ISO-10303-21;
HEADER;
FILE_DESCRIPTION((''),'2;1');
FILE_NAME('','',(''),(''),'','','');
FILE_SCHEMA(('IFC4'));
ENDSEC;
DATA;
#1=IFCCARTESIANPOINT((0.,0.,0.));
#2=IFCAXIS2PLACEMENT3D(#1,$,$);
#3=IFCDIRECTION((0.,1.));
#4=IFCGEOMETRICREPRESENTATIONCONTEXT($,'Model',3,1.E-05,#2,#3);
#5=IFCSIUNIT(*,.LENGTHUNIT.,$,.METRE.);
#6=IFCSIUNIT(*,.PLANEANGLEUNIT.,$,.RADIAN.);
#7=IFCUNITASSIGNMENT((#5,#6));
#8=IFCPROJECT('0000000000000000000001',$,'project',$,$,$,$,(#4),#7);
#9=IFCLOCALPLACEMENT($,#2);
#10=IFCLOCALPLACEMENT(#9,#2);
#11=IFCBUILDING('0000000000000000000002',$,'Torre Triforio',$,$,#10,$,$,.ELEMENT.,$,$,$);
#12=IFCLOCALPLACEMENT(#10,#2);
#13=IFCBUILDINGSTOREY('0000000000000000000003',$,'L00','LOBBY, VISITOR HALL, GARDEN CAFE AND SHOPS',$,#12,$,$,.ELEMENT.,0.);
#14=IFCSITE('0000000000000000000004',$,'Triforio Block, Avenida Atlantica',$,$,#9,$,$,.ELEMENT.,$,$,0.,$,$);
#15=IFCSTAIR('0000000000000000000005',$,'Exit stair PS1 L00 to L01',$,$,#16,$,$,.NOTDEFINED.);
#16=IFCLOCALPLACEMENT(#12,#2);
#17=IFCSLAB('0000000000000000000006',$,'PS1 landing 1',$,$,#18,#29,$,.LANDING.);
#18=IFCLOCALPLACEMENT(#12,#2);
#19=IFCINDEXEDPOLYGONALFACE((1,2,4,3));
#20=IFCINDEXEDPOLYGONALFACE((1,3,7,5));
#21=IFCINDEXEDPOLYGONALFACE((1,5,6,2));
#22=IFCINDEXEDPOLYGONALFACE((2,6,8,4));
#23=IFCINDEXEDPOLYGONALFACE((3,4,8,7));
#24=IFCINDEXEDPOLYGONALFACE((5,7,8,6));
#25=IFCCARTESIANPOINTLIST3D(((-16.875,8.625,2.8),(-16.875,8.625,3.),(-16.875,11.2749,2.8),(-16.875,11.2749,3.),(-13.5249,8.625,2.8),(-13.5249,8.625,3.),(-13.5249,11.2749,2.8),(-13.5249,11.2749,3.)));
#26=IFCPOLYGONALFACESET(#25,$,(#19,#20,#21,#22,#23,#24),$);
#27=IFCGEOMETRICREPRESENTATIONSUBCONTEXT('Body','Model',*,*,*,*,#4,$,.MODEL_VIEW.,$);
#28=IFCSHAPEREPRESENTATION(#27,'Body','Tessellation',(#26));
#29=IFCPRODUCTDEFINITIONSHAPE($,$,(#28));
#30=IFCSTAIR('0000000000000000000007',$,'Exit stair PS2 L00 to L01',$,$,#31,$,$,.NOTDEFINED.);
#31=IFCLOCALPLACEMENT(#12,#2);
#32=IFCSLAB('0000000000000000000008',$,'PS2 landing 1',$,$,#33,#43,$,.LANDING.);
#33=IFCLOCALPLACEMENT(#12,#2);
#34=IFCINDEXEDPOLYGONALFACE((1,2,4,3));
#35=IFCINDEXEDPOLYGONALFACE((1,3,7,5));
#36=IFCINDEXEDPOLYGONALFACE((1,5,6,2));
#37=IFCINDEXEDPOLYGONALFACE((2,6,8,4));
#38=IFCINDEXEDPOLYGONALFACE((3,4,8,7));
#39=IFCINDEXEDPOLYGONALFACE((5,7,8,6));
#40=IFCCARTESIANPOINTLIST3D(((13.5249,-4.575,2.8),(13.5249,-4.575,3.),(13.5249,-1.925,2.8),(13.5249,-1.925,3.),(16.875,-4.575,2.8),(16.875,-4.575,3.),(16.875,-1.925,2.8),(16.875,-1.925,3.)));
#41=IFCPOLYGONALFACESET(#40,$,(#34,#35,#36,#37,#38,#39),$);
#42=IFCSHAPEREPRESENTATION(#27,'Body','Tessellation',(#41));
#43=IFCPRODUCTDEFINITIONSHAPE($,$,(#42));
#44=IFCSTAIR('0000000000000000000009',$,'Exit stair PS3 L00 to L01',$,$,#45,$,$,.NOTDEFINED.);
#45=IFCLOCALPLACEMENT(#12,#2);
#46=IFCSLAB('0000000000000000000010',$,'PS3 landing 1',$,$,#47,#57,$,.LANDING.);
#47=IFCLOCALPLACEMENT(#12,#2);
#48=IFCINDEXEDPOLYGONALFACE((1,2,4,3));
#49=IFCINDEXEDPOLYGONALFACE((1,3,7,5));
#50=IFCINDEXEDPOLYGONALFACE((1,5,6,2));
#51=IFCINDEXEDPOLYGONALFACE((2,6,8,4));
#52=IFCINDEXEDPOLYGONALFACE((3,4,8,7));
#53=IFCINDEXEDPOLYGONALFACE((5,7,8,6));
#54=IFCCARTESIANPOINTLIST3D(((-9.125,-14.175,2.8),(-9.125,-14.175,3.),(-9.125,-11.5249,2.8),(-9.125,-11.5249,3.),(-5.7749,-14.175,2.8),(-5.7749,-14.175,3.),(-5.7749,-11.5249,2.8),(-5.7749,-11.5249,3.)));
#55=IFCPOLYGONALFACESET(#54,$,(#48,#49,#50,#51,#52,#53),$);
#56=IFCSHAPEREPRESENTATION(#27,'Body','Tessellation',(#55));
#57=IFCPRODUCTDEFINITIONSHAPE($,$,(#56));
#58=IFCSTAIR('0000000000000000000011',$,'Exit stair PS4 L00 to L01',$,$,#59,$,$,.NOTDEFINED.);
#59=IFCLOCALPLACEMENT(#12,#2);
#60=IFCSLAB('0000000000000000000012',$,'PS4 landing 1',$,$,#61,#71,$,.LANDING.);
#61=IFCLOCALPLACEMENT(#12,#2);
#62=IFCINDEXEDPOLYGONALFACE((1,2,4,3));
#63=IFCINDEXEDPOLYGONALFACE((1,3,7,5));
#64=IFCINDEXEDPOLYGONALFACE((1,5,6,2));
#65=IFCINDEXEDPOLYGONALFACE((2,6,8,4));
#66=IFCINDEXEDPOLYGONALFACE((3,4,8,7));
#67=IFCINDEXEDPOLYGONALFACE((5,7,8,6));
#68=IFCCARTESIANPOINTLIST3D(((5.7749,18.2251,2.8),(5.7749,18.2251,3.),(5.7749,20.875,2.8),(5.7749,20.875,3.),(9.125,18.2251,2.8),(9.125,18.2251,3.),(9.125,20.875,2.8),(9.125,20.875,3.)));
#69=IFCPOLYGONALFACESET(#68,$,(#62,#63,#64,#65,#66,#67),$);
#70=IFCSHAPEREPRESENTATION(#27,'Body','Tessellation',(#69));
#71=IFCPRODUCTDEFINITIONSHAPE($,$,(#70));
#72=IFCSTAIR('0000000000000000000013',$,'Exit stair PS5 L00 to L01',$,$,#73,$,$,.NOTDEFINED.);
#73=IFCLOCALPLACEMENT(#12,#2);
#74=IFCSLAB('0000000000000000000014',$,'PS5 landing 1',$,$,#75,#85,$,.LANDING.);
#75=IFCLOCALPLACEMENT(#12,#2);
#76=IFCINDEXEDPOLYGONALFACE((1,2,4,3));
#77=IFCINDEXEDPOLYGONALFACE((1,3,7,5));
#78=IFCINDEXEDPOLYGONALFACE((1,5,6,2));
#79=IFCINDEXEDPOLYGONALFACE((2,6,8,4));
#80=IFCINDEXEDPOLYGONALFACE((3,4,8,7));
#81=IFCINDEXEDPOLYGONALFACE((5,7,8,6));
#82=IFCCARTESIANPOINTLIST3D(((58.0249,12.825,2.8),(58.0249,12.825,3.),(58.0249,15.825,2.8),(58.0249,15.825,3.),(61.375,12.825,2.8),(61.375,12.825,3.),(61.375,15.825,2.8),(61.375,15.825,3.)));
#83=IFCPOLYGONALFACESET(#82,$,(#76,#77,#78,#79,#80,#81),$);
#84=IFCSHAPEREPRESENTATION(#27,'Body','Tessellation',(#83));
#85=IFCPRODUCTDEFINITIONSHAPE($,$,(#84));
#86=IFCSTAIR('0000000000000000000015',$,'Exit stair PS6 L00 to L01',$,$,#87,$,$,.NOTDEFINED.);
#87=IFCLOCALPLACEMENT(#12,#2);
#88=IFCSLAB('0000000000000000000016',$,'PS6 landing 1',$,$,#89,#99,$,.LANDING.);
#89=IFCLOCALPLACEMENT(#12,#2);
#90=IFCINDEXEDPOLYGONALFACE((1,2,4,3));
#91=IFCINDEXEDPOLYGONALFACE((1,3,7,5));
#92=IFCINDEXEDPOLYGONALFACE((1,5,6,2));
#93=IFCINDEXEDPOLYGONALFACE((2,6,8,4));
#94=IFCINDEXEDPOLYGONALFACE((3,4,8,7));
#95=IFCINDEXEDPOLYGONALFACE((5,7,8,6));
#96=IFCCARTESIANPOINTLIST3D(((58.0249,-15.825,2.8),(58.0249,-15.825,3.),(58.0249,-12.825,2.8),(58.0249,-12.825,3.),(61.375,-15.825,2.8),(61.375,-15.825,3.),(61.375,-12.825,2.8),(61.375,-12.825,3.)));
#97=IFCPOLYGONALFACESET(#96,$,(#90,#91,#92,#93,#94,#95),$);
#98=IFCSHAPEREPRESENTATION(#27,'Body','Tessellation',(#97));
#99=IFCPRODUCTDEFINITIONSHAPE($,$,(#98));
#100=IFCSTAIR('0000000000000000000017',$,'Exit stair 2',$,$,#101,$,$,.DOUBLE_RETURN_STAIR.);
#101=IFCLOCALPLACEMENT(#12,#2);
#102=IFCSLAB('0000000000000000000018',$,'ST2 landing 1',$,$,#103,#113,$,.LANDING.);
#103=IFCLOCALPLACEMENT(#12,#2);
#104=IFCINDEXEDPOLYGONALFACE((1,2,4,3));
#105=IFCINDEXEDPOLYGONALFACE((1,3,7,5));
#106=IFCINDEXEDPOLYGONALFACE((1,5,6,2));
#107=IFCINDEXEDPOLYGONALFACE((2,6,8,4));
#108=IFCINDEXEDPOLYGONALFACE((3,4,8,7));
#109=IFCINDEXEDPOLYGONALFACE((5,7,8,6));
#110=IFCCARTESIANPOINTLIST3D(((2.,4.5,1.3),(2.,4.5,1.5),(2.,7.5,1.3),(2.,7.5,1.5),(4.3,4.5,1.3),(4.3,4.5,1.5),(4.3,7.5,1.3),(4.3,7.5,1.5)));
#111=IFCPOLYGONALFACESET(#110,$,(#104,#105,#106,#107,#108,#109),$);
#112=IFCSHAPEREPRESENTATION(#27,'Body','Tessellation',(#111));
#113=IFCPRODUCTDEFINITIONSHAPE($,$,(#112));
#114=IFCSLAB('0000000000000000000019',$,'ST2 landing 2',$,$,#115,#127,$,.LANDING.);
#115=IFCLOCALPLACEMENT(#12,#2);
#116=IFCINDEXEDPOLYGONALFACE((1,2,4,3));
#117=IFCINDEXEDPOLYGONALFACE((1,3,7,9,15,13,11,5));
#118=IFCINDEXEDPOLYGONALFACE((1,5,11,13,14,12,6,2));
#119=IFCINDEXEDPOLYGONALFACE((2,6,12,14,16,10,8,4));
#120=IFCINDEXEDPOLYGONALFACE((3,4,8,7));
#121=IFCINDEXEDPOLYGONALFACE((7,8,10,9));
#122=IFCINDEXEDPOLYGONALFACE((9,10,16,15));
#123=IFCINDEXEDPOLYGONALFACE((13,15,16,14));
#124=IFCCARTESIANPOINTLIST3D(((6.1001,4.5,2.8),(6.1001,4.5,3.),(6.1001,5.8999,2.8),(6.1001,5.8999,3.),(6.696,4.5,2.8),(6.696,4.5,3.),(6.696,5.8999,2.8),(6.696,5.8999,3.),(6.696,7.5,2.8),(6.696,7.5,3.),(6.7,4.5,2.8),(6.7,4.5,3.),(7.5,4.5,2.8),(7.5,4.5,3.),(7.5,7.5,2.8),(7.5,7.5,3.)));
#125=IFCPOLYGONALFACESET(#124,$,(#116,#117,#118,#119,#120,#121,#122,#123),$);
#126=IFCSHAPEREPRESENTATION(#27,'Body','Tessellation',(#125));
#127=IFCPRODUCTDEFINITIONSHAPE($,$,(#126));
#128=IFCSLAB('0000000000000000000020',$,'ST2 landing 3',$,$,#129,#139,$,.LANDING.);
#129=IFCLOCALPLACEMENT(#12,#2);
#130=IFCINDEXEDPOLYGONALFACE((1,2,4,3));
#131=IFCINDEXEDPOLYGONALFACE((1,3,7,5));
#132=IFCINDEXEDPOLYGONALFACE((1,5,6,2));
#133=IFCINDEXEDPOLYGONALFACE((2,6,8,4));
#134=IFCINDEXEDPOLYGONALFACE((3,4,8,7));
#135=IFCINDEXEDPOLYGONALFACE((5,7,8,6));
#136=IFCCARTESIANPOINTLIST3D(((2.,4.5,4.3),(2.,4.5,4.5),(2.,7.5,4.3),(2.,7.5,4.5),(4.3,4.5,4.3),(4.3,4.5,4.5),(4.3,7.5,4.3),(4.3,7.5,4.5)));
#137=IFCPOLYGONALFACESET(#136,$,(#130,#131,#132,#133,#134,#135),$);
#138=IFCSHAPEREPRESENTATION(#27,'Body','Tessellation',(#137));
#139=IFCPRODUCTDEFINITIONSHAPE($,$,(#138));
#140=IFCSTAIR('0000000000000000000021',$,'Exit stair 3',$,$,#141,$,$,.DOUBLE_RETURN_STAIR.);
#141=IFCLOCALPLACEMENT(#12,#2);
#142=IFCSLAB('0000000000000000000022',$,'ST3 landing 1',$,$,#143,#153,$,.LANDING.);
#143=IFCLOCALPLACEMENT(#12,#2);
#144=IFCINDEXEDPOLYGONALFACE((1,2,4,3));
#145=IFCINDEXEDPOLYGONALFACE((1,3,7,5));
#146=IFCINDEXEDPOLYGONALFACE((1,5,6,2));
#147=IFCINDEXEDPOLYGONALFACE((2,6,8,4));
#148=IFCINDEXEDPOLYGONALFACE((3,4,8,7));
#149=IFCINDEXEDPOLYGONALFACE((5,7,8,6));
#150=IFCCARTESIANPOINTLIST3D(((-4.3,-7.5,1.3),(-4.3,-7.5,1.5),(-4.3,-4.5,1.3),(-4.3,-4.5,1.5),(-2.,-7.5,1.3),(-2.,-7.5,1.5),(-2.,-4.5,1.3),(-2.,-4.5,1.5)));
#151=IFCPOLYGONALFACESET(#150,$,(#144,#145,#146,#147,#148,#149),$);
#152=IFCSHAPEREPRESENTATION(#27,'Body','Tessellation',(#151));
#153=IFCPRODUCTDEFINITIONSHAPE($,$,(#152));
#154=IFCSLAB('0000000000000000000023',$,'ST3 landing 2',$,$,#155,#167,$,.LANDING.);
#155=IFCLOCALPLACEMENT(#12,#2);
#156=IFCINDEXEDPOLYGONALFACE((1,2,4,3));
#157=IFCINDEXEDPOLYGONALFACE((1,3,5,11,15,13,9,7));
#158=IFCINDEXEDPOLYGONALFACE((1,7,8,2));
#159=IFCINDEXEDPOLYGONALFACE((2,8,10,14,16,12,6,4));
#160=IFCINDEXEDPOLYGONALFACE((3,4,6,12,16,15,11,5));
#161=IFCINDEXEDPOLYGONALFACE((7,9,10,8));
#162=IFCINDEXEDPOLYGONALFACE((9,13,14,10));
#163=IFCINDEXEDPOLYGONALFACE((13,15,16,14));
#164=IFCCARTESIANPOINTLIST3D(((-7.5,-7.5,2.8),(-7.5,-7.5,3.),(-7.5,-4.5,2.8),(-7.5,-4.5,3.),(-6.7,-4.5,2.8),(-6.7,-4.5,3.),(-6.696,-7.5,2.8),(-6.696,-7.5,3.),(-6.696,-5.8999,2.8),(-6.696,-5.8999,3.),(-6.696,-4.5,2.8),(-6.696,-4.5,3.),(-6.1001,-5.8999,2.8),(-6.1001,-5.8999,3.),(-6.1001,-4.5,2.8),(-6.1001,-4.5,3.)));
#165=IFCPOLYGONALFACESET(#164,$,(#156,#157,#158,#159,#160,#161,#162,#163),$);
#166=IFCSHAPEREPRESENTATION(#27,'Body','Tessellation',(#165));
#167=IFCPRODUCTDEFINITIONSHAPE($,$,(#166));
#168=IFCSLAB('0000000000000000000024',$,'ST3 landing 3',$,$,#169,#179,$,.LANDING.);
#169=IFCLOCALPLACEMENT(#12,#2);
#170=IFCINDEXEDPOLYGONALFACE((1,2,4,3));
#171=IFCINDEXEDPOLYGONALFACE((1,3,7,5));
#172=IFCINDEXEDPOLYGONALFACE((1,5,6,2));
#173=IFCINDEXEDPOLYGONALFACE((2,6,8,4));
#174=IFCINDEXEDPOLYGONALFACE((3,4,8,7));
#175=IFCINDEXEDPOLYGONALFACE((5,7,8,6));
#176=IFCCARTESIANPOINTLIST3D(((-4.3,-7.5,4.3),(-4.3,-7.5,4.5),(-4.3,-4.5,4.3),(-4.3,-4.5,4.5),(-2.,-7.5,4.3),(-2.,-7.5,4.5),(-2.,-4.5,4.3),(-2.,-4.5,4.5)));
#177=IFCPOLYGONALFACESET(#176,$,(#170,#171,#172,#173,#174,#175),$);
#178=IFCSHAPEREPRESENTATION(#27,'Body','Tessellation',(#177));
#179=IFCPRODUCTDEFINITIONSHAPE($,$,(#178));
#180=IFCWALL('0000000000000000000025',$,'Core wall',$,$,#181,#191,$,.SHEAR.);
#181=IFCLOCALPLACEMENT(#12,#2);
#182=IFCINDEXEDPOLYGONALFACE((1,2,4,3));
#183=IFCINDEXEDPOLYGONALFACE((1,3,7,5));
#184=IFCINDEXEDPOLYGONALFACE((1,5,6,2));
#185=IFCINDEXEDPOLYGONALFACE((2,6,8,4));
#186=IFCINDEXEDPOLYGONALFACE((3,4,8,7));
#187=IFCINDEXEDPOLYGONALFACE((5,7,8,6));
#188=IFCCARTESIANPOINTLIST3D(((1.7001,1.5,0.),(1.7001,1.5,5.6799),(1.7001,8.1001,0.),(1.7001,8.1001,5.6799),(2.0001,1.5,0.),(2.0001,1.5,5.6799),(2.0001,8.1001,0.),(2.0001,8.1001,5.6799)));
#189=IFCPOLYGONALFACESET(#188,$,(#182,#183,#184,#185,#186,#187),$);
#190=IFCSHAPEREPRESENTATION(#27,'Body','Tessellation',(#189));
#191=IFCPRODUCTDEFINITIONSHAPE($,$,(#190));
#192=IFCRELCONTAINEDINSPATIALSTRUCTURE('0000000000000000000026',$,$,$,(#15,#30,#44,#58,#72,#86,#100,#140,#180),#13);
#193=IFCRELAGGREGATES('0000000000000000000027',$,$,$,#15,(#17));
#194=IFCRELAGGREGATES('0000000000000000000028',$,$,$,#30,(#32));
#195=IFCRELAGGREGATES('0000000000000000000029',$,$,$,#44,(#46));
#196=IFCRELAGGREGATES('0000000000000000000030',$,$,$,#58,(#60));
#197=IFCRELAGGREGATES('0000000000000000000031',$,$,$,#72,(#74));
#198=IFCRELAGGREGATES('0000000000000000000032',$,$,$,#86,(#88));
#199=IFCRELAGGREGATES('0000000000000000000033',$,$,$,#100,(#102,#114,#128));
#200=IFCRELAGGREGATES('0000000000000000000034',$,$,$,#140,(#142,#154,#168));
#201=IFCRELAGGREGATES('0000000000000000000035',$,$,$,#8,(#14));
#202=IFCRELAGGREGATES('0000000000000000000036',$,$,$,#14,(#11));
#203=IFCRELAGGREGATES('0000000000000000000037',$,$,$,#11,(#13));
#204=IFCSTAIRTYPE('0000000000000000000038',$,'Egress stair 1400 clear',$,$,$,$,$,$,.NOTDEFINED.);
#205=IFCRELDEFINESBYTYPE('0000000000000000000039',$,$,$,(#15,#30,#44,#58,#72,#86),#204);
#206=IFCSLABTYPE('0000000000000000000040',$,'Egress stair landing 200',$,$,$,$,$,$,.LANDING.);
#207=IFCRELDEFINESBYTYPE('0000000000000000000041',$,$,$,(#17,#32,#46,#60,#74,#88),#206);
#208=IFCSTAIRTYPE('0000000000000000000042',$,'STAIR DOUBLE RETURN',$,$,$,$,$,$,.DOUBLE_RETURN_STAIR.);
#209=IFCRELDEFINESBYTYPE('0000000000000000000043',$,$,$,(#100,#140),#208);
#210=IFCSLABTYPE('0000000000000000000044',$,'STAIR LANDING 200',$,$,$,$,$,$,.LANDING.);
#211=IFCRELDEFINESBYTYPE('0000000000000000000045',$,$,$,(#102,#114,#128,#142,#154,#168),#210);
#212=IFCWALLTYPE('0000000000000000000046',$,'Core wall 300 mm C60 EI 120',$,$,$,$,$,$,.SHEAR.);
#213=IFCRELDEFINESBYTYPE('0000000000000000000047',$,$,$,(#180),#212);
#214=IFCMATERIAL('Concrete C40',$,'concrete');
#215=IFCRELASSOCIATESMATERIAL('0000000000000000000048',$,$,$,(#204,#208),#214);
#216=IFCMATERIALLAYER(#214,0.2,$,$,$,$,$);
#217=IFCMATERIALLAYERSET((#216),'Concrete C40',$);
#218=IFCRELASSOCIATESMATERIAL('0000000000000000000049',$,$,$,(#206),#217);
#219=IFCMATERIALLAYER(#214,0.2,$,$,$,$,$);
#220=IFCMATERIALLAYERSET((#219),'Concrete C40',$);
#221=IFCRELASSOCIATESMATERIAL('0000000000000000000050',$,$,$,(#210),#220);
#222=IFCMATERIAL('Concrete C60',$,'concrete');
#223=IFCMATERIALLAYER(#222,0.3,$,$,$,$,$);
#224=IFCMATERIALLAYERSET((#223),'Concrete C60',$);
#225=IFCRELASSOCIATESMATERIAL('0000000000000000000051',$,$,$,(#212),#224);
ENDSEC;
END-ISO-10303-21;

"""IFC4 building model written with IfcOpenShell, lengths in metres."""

from ifc_helpers import new_model, si_unit, direction, frame, frame_2d, origin, place, context, subcontext, project, spatial, polyline, rectangle, outline, extrude, material, layer, layer_set, type_object, element, aggregate, save


model = new_model("IFC4")

# Units and contexts
model_context = context("Model", 3, precision=1e-05, world=origin(), true_north=direction((0.0, 1.0)))
body_context = subcontext(model_context, "Body", "Model", "MODEL_VIEW")
ifc_project = project(units=[si_unit("LENGTHUNIT", "METRE"), si_unit("PLANEANGLEUNIT", "RADIAN")], contexts=[model_context])

# Site, building, storey
site_placement = place(None, origin())
site = spatial("IfcSite", under=ifc_project, at=site_placement, Name="Triforio Block, Avenida Atlantica", CompositionType="ELEMENT", RefElevation=0.0)
building_placement = place(site_placement, origin())
building = spatial("IfcBuilding", under=site, at=building_placement, Name="Torre Triforio", CompositionType="ELEMENT")
storey_placement = place(building_placement, origin())
storey = spatial("IfcBuildingStorey", under=building, at=storey_placement, Name="L00", Description="LOBBY, VISITOR HALL, GARDEN CAFE AND SHOPS", CompositionType="ELEMENT", Elevation=0.0)

# Stairs, slabs
ifc_material_1 = material(Name="Concrete C40", Category="concrete")
stair_type_1 = type_object("IfcStairType", Name="Egress stair 1400 clear", PredefinedType="NOTDEFINED", material=ifc_material_1)
stair_1_placement = place(storey_placement, origin())
stair_1 = element("IfcStair", 1, at=stair_1_placement, inside=storey, type_object=stair_type_1, Name="Exit stair PS1 L00 to L01", PredefinedType="NOTDEFINED")
ifc_layer_1 = layer(ifc_material_1, 0.2)
ifc_layer_set_1 = layer_set([ifc_layer_1], Name="Concrete C40")
slab_type_1 = type_object("IfcSlabType", Name="Egress stair landing 200", PredefinedType="LANDING", material=ifc_layer_set_1)
slab_1_placement = place(storey_placement, frame((0.0, 0.0, 2.8)))
slab_1 = element("IfcSlab", 2, at=slab_1_placement, type_object=slab_type_1, Name="PS1 landing 1", PredefinedType="LANDING", context=body_context, shape_type="SweptSolid", body=[
    extrude(outline(polyline([(-16.875, 8.625), (-13.5249, 8.625), (-13.5249, 11.2749), (-16.875, 11.2749), (-16.875, 8.625)])), origin(), (0.0, 0.0, 1.0), 0.2),
])
aggregate(stair_1, [slab_1])
stair_2_placement = place(storey_placement, origin())
stair_2 = element("IfcStair", 3, at=stair_2_placement, inside=storey, type_object=stair_type_1, Name="Exit stair PS2 L00 to L01", PredefinedType="NOTDEFINED")
slab_2_placement = place(storey_placement, frame((0.0, 0.0, 2.8)))
slab_2 = element("IfcSlab", 4, at=slab_2_placement, type_object=slab_type_1, Name="PS2 landing 1", PredefinedType="LANDING", context=body_context, shape_type="SweptSolid", body=[
    extrude(outline(polyline([(13.5249, -4.575), (16.875, -4.575), (16.875, -1.925), (13.5249, -1.925), (13.5249, -4.575)])), origin(), (0.0, 0.0, 1.0), 0.2),
])
aggregate(stair_2, [slab_2])
stair_3_placement = place(storey_placement, origin())
stair_3 = element("IfcStair", 5, at=stair_3_placement, inside=storey, type_object=stair_type_1, Name="Exit stair PS3 L00 to L01", PredefinedType="NOTDEFINED")
slab_3_placement = place(storey_placement, frame((0.0, 0.0, 2.8)))
slab_3 = element("IfcSlab", 6, at=slab_3_placement, type_object=slab_type_1, Name="PS3 landing 1", PredefinedType="LANDING", context=body_context, shape_type="SweptSolid", body=[
    extrude(outline(polyline([(-9.125, -14.175), (-5.7749, -14.175), (-5.7749, -11.5249), (-9.125, -11.5249), (-9.125, -14.175)])), origin(), (0.0, 0.0, 1.0), 0.2),
])
aggregate(stair_3, [slab_3])
stair_4_placement = place(storey_placement, origin())
stair_4 = element("IfcStair", 7, at=stair_4_placement, inside=storey, type_object=stair_type_1, Name="Exit stair PS4 L00 to L01", PredefinedType="NOTDEFINED")
slab_4_placement = place(storey_placement, frame((0.0, 0.0, 2.8)))
slab_4 = element("IfcSlab", 8, at=slab_4_placement, type_object=slab_type_1, Name="PS4 landing 1", PredefinedType="LANDING", context=body_context, shape_type="SweptSolid", body=[
    extrude(outline(polyline([(5.7749, 18.2251), (9.125, 18.2251), (9.125, 20.875), (5.7749, 20.875), (5.7749, 18.2251)])), origin(), (0.0, 0.0, 1.0), 0.2),
])
aggregate(stair_4, [slab_4])
stair_5_placement = place(storey_placement, origin())
stair_5 = element("IfcStair", 9, at=stair_5_placement, inside=storey, type_object=stair_type_1, Name="Exit stair PS5 L00 to L01", PredefinedType="NOTDEFINED")
slab_5_placement = place(storey_placement, frame((0.0, 0.0, 2.8)))
slab_5 = element("IfcSlab", 10, at=slab_5_placement, type_object=slab_type_1, Name="PS5 landing 1", PredefinedType="LANDING", context=body_context, shape_type="SweptSolid", body=[
    extrude(outline(polyline([(58.0249, 12.825), (61.375, 12.825), (61.375, 15.825), (58.0249, 15.825), (58.0249, 12.825)])), origin(), (0.0, 0.0, 1.0), 0.2),
])
aggregate(stair_5, [slab_5])
stair_6_placement = place(storey_placement, origin())
stair_6 = element("IfcStair", 11, at=stair_6_placement, inside=storey, type_object=stair_type_1, Name="Exit stair PS6 L00 to L01", PredefinedType="NOTDEFINED")
slab_6_placement = place(storey_placement, frame((0.0, 0.0, 2.8)))
slab_6 = element("IfcSlab", 12, at=slab_6_placement, type_object=slab_type_1, Name="PS6 landing 1", PredefinedType="LANDING", context=body_context, shape_type="SweptSolid", body=[
    extrude(outline(polyline([(58.0249, -12.825), (61.375, -12.825), (61.375, -15.825), (58.0249, -15.825), (58.0249, -12.825)])), origin(), (0.0, 0.0, 1.0), 0.2),
])
aggregate(stair_6, [slab_6])

# Stairs, slabs
stair_type_2 = type_object("IfcStairType", Name="STAIR DOUBLE RETURN", PredefinedType="DOUBLE_RETURN_STAIR", material=ifc_material_1)
stair_7_placement = place(storey_placement, origin())
stair_7 = element("IfcStair", 13, at=stair_7_placement, inside=storey, type_object=stair_type_2, Name="Exit stair 2", PredefinedType="DOUBLE_RETURN_STAIR")
ifc_layer_2 = layer(ifc_material_1, 0.2)
ifc_layer_set_2 = layer_set([ifc_layer_2], Name="Concrete C40")
slab_type_2 = type_object("IfcSlabType", Name="STAIR LANDING 200", PredefinedType="LANDING", material=ifc_layer_set_2)
slab_7_placement = place(storey_placement, frame((0.0, 0.0, 1.3)))
slab_7 = element("IfcSlab", 14, at=slab_7_placement, type_object=slab_type_2, Name="ST2 landing 1", PredefinedType="LANDING", context=body_context, shape_type="SweptSolid", body=[
    extrude(outline(polyline([(4.3, 4.5), (4.3, 7.5), (2.0, 7.5), (2.0, 4.5), (4.3, 4.5)])), origin(), (0.0, 0.0, 1.0), 0.2),
])
slab_8_placement = place(storey_placement, frame((0.0, 0.0, 2.8)))
slab_8 = element("IfcSlab", 15, at=slab_8_placement, type_object=slab_type_2, Name="ST2 landing 2", PredefinedType="LANDING", context=body_context, shape_type="SweptSolid", body=[
    extrude(outline(polyline([(6.1001, 4.5), (6.1001, 5.8999), (6.696, 5.8999), (6.696, 7.5), (7.5, 7.5), (7.5, 4.5), (6.7, 4.5), (6.696, 4.5), (6.1001, 4.5)])), origin(), (0.0, 0.0, 1.0), 0.2),
])
slab_9_placement = place(storey_placement, frame((0.0, 0.0, 4.3)))
slab_9 = element("IfcSlab", 16, at=slab_9_placement, type_object=slab_type_2, Name="ST2 landing 3", PredefinedType="LANDING", context=body_context, shape_type="SweptSolid", body=[
    extrude(outline(polyline([(4.3, 4.5), (4.3, 7.5), (2.0, 7.5), (2.0, 4.5), (4.3, 4.5)])), origin(), (0.0, 0.0, 1.0), 0.2),
])
aggregate(stair_7, [slab_7, slab_8, slab_9])
stair_8_placement = place(storey_placement, origin())
stair_8 = element("IfcStair", 17, at=stair_8_placement, inside=storey, type_object=stair_type_2, Name="Exit stair 3", PredefinedType="DOUBLE_RETURN_STAIR")
slab_10_placement = place(storey_placement, frame((0.0, 0.0, 1.3)))
slab_10 = element("IfcSlab", 18, at=slab_10_placement, type_object=slab_type_2, Name="ST3 landing 1", PredefinedType="LANDING", context=body_context, shape_type="SweptSolid", body=[
    extrude(outline(polyline([(-2.0, -7.5), (-2.0, -4.5), (-4.3, -4.5), (-4.3, -7.5), (-2.0, -7.5)])), origin(), (0.0, 0.0, 1.0), 0.2),
])
slab_11_placement = place(storey_placement, frame((0.0, 0.0, 2.8)))
slab_11 = element("IfcSlab", 19, at=slab_11_placement, type_object=slab_type_2, Name="ST3 landing 2", PredefinedType="LANDING", context=body_context, shape_type="SweptSolid", body=[
    extrude(outline(polyline([(-6.696, -7.5), (-7.5, -7.5), (-7.5, -4.5), (-6.7, -4.5), (-6.696, -4.5), (-6.1001, -4.5), (-6.1001, -5.8999), (-6.696, -5.8999), (-6.696, -7.5)])), origin(), (0.0, 0.0, 1.0), 0.2),
])
slab_12_placement = place(storey_placement, frame((0.0, 0.0, 4.3)))
slab_12 = element("IfcSlab", 20, at=slab_12_placement, type_object=slab_type_2, Name="ST3 landing 3", PredefinedType="LANDING", context=body_context, shape_type="SweptSolid", body=[
    extrude(outline(polyline([(-2.0, -7.5), (-2.0, -4.5), (-4.3, -4.5), (-4.3, -7.5), (-2.0, -7.5)])), origin(), (0.0, 0.0, 1.0), 0.2),
])
aggregate(stair_8, [slab_10, slab_11, slab_12])

# Wall
ifc_material_2 = material(Name="Concrete C60", Category="concrete")
ifc_layer_3 = layer(ifc_material_2, 0.3)
ifc_layer_set_3 = layer_set([ifc_layer_3], Name="Concrete C60")
wall_type_1 = type_object("IfcWallType", Name="Core wall 300 mm C60 EI 120", PredefinedType="SHEAR", material=ifc_layer_set_3)
wall_1_placement = place(storey_placement, frame((1.8501, 1.5, 0.0), z_axis=(0.0, 0.0, 1.0), x_axis=(0.0, 1.0, 0.0)))
element("IfcWall", 21, at=wall_1_placement, inside=storey, type_object=wall_type_1, Name="Core wall", PredefinedType="SHEAR", context=body_context, shape_type="SweptSolid", body=[
    extrude(rectangle(XDim=6.6001, YDim=0.3, at=frame_2d((3.3, 0.0))), origin(), (0.0, 0.0, 1.0), 5.6799),
])

save(model, "model.ifc")
